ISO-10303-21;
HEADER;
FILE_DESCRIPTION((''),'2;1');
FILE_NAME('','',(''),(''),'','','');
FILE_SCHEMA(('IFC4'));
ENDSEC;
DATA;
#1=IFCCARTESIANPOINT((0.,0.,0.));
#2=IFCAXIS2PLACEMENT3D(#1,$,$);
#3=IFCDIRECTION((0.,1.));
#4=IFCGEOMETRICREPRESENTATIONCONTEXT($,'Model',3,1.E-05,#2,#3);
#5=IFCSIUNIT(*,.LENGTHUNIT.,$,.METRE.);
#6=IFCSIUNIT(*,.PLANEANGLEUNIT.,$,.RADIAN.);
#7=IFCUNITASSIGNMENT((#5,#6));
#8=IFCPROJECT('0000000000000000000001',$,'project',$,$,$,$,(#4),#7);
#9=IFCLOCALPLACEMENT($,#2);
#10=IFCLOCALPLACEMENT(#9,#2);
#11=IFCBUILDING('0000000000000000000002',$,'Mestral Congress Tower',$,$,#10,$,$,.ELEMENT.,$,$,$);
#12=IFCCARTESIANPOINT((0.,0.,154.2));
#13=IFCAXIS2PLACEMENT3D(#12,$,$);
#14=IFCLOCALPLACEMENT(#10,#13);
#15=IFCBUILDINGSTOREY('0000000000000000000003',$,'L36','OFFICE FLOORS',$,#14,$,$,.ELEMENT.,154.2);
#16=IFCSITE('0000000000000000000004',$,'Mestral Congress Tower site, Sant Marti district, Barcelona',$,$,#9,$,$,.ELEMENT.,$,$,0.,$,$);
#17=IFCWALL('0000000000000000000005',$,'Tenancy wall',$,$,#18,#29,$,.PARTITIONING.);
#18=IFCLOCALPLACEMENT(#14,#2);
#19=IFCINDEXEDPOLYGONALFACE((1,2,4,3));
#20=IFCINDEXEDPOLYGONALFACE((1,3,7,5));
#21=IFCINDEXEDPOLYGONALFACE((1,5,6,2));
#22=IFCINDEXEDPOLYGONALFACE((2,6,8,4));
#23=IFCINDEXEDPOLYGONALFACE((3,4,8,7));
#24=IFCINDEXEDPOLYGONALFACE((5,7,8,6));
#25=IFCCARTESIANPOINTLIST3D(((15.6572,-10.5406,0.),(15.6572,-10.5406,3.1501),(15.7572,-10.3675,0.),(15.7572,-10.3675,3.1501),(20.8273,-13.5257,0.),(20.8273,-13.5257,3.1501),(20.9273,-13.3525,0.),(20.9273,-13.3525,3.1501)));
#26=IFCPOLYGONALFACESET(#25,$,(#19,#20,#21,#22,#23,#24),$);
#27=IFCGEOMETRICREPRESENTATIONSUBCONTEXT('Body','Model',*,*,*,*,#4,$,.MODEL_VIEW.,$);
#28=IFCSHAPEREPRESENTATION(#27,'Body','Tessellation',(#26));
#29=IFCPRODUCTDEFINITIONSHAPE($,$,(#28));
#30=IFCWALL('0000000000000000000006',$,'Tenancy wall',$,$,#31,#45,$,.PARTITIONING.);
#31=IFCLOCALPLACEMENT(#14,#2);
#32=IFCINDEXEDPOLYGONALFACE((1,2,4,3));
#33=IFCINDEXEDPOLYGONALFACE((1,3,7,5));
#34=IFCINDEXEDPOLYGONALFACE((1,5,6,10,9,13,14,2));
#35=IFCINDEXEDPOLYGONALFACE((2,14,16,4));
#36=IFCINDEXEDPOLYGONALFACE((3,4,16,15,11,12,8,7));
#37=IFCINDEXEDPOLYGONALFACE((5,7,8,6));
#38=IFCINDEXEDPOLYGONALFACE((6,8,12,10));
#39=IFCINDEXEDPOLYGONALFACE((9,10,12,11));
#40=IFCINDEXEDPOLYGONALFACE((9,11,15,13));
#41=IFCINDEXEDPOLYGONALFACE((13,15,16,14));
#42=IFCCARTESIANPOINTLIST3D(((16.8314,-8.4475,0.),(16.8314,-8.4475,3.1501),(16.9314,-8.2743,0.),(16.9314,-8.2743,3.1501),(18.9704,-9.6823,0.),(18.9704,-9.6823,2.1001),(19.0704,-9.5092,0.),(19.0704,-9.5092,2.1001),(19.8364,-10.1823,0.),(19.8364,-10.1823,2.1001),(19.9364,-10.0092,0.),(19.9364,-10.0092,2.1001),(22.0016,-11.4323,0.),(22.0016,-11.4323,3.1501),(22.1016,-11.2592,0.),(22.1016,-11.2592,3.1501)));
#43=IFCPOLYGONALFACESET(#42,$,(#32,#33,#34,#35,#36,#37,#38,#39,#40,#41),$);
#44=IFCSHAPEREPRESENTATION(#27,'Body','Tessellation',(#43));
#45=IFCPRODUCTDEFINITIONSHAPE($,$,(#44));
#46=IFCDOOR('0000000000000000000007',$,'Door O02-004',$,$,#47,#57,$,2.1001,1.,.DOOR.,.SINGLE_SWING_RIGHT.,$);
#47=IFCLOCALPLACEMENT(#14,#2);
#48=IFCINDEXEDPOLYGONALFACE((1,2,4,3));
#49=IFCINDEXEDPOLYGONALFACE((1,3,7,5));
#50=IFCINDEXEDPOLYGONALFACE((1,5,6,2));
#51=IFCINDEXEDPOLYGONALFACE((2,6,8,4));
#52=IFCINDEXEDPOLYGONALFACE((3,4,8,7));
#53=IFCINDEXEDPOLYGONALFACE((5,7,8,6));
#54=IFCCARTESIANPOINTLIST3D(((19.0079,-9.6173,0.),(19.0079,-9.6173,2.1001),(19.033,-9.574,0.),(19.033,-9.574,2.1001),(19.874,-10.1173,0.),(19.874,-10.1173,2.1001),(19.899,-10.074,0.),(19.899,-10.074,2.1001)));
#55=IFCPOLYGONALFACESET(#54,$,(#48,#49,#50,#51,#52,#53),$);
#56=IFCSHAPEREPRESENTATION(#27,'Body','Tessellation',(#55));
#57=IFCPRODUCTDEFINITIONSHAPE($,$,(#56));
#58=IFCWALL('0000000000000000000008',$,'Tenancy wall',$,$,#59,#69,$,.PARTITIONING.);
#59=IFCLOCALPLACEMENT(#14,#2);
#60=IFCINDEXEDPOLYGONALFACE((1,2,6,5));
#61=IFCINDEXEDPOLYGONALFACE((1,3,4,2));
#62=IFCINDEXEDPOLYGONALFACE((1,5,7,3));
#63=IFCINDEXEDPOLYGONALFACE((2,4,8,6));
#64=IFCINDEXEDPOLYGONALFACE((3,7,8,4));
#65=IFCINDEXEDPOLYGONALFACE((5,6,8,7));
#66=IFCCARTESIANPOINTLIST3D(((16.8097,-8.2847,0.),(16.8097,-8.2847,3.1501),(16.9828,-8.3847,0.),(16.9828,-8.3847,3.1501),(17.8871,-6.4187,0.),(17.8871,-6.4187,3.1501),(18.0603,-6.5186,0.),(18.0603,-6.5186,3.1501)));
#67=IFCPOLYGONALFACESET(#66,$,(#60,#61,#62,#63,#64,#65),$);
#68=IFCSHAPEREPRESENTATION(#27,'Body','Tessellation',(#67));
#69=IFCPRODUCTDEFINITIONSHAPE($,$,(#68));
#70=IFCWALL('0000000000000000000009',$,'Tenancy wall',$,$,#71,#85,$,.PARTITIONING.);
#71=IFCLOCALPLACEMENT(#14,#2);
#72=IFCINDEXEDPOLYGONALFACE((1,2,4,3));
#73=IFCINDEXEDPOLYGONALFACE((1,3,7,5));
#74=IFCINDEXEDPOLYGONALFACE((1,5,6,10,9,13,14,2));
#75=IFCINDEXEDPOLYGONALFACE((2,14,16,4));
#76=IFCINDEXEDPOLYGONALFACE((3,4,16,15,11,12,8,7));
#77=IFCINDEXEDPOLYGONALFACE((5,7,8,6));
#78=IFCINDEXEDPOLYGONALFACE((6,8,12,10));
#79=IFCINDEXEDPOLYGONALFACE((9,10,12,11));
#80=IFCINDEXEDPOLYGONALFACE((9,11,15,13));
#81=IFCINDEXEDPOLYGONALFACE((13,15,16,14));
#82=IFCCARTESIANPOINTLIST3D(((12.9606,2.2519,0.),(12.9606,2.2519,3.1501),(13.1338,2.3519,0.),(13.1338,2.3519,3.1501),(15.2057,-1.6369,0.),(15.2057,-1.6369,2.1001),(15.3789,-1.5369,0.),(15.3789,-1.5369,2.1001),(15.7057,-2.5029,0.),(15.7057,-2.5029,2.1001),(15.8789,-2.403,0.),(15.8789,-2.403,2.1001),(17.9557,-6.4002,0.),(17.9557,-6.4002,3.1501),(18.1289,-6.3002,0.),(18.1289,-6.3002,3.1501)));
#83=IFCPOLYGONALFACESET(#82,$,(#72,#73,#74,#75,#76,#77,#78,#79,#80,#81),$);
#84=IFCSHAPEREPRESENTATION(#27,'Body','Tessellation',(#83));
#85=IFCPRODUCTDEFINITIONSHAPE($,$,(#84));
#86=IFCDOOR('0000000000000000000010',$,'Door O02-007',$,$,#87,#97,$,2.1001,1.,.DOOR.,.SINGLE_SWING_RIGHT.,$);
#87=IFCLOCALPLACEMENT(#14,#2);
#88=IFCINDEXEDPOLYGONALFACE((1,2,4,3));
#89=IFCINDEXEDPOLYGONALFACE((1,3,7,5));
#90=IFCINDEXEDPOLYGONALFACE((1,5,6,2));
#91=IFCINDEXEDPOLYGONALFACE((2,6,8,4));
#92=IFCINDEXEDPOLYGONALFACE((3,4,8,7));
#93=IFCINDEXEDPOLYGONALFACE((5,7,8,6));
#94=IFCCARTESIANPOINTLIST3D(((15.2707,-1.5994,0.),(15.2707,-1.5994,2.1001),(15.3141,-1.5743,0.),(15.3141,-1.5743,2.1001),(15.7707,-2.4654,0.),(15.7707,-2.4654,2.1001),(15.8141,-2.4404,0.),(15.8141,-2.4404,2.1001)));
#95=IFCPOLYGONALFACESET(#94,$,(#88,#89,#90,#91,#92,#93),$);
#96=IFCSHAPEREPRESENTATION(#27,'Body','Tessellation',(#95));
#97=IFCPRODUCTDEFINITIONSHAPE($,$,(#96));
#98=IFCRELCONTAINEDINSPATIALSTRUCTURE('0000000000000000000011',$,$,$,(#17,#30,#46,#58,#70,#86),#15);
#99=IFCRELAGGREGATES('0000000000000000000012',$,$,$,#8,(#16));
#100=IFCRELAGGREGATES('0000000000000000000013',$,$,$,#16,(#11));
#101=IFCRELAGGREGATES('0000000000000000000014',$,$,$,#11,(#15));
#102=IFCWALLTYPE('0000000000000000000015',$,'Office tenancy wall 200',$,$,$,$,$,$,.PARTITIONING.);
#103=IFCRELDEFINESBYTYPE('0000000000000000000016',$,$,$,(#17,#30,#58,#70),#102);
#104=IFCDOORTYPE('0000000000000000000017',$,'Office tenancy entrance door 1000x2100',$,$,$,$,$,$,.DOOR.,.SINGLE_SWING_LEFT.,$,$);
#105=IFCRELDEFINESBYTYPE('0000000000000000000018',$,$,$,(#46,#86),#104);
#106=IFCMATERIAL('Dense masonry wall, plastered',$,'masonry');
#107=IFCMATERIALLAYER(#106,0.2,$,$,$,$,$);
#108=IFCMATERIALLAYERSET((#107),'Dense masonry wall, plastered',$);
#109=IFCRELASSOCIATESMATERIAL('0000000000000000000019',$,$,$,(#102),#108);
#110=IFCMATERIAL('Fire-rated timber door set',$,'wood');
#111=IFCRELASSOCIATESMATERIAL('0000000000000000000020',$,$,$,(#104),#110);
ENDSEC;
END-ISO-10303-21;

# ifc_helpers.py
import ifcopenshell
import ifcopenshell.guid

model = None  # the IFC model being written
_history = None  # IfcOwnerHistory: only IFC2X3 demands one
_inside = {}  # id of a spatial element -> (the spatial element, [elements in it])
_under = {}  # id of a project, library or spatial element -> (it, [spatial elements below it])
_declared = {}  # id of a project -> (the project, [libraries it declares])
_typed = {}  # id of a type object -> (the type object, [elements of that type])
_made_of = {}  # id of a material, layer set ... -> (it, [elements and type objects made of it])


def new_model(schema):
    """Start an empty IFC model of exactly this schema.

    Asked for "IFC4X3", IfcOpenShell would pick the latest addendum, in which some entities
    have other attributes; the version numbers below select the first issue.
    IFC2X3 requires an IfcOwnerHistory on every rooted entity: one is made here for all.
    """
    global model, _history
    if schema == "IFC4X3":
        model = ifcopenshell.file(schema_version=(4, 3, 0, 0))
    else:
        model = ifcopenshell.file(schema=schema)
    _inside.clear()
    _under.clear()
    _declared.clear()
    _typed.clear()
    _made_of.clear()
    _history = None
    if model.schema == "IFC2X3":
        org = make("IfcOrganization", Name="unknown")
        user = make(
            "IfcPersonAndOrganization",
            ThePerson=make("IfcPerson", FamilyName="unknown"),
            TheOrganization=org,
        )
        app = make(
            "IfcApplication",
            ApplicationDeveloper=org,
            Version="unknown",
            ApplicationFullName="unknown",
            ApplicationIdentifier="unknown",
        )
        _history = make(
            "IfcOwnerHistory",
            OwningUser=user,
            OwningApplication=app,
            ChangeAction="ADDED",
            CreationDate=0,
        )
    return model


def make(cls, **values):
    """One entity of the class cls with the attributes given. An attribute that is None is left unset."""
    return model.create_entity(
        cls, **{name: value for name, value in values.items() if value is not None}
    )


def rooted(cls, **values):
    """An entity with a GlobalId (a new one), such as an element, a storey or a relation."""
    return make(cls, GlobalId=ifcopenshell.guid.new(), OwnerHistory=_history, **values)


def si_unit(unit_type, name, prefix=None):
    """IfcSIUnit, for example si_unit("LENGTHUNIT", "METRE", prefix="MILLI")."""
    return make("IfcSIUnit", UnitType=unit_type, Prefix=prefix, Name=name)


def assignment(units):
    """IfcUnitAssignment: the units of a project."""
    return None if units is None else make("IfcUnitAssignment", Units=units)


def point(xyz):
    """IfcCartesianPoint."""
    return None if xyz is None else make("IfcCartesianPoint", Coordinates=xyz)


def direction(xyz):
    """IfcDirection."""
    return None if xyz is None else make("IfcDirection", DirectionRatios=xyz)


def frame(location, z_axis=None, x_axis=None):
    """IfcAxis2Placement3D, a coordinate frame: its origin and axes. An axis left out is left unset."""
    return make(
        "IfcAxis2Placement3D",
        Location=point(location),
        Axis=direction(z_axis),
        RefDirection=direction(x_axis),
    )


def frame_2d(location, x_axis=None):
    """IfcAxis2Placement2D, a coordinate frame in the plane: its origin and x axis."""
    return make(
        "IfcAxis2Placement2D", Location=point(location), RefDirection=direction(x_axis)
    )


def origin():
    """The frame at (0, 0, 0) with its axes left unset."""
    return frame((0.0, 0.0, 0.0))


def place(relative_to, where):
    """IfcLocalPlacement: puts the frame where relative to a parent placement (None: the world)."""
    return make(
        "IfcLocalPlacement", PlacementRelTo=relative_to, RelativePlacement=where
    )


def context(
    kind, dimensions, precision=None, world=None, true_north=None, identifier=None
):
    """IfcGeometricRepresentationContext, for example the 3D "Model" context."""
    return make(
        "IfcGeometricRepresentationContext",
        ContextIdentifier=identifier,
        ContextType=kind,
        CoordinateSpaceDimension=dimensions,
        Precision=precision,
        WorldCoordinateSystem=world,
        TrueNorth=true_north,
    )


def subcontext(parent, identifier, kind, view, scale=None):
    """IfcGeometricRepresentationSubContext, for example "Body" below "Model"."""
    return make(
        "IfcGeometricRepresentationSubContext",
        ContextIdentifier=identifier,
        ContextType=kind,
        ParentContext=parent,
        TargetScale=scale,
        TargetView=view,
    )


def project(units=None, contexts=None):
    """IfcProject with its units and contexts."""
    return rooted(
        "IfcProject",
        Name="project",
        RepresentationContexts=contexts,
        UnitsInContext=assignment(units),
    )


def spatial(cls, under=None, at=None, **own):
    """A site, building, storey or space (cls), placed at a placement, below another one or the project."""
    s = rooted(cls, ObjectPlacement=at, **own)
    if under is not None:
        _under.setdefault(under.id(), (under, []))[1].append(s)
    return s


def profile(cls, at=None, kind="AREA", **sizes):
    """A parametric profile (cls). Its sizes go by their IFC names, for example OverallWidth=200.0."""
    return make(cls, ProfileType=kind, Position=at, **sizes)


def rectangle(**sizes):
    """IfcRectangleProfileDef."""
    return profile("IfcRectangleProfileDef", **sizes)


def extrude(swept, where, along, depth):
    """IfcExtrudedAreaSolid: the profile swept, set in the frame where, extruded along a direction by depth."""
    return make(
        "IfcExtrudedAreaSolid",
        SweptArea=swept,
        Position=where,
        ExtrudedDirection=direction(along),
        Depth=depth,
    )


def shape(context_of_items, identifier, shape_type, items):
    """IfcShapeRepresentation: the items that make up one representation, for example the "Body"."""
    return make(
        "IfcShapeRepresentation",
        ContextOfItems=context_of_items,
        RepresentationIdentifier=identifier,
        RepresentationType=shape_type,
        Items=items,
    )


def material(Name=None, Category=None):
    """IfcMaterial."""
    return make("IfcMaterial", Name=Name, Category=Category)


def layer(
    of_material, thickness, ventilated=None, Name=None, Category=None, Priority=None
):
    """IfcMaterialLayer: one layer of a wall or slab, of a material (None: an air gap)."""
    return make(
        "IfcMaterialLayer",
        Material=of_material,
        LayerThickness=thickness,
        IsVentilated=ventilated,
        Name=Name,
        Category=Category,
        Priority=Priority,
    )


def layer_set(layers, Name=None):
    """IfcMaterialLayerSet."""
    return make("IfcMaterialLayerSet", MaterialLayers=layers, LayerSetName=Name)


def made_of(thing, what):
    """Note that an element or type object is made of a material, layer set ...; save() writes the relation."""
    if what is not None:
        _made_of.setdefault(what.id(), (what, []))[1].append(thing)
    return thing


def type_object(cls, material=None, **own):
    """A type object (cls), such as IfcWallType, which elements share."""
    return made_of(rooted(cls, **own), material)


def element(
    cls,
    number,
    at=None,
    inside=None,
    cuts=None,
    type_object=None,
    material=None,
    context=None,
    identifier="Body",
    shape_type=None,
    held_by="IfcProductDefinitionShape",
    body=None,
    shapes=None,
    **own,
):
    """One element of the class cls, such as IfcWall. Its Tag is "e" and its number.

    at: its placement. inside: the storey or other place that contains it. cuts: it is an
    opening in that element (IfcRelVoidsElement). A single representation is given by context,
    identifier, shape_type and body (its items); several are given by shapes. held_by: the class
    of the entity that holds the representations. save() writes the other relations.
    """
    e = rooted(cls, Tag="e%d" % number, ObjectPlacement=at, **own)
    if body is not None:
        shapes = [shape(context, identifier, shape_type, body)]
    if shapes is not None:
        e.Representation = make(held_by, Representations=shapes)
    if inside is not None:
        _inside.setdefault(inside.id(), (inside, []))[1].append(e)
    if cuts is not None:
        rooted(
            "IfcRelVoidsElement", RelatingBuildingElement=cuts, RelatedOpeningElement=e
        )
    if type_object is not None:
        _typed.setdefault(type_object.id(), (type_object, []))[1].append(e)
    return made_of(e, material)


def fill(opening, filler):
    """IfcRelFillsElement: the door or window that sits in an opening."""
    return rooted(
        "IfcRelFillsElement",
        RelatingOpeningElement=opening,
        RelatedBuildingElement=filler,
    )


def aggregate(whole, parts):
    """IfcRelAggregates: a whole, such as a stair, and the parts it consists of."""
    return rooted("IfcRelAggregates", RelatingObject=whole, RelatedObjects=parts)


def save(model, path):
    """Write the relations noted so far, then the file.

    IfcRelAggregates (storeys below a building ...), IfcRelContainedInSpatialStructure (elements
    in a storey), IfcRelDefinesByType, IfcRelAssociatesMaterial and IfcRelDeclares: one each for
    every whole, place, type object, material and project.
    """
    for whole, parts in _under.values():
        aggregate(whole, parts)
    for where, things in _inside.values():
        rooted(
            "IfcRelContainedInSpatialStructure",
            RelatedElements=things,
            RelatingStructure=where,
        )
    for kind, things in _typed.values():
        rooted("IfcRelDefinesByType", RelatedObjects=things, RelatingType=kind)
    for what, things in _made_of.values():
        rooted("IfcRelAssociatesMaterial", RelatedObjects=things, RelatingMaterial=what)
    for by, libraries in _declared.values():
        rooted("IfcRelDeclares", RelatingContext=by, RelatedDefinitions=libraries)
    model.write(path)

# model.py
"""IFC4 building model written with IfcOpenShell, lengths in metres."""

from ifc_helpers import new_model, si_unit, direction, frame, frame_2d, origin, place, context, subcontext, project, spatial, rectangle, extrude, material, layer, layer_set, type_object, element, fill, save


model = new_model("IFC4")

# Units and contexts
model_context = context("Model", 3, precision=1e-05, world=origin(), true_north=direction((0.0, 1.0)))
body_context = subcontext(model_context, "Body", "Model", "MODEL_VIEW")
ifc_project = project(units=[si_unit("LENGTHUNIT", "METRE"), si_unit("PLANEANGLEUNIT", "RADIAN")], contexts=[model_context])

# Site, building, storey
site_placement = place(None, origin())
site = spatial("IfcSite", under=ifc_project, at=site_placement, Name="Mestral Congress Tower site, Sant Marti district, Barcelona", CompositionType="ELEMENT", RefElevation=0.0)
building_placement = place(site_placement, origin())
building = spatial("IfcBuilding", under=site, at=building_placement, Name="Mestral Congress Tower", CompositionType="ELEMENT")
storey_placement = place(building_placement, frame((0.0, 0.0, 154.2)))
storey = spatial("IfcBuildingStorey", under=building, at=storey_placement, Name="L36", Description="OFFICE FLOORS", CompositionType="ELEMENT", Elevation=154.2)

# Wall
ifc_material_1 = material(Name="Dense masonry wall, plastered", Category="masonry")
ifc_layer_1 = layer(ifc_material_1, 0.2)
ifc_layer_set_1 = layer_set([ifc_layer_1], Name="Dense masonry wall, plastered")
wall_type_1 = type_object("IfcWallType", Name="Office tenancy wall 200", PredefinedType="PARTITIONING", material=ifc_layer_set_1)
wall_1_placement = place(storey_placement, frame((15.7073, -10.4541, 0.0), z_axis=(0.0, 0.0, 1.0), x_axis=(0.866017, -0.500014, 0.0)))
element("IfcWall", 1, at=wall_1_placement, inside=storey, type_object=wall_type_1, Name="Tenancy wall", PredefinedType="PARTITIONING", context=body_context, shape_type="SweptSolid", body=[
    extrude(rectangle(XDim=5.97, YDim=0.2, at=frame_2d((2.9849, 0.0))), origin(), (0.0, 0.0, 1.0), 3.1501),
])

# Wall, opening, door
wall_2_placement = place(storey_placement, frame((22.0515, -11.3457, 0.0), z_axis=(0.0, 0.0, 1.0), x_axis=(-0.866035, 0.499983, 0.0)))
wall_2 = element("IfcWall", 2, at=wall_2_placement, inside=storey, type_object=wall_type_1, Name="Tenancy wall", PredefinedType="PARTITIONING", context=body_context, shape_type="SweptSolid", body=[
    extrude(rectangle(XDim=5.97, YDim=0.2, at=frame_2d((2.9849, 0.0))), origin(), (0.0, 0.0, 1.0), 3.1501),
])
opening_1_placement = place(wall_2_placement, frame((2.5, 0.0, 0.0)))
opening_1 = element("IfcOpeningElement", 3, at=opening_1_placement, cuts=wall_2, PredefinedType="OPENING", context=body_context, shape_type="SweptSolid", body=[
    extrude(rectangle(XDim=1.0, YDim=2.1001, at=frame_2d((0.5, 1.05))), frame((0.0, 0.1099, 0.0), z_axis=(0.0, -1.0, 0.0), x_axis=(1.0, 0.0, 0.0)), (0.0, 0.0, 1.0), 0.22),
])
ifc_material_2 = material(Name="Fire-rated timber door set", Category="wood")
door_type = type_object("IfcDoorType", Name="Office tenancy entrance door 1000x2100", OperationType="SINGLE_SWING_LEFT", PredefinedType="DOOR", material=ifc_material_2)
door_1_placement = place(opening_1_placement, origin())
door_1 = element("IfcDoor", 4, at=door_1_placement, inside=storey, type_object=door_type, Name="Door O02-004", OperationType="SINGLE_SWING_RIGHT", OverallHeight=2.1001, OverallWidth=1.0, PredefinedType="DOOR", context=body_context, shape_type="SweptSolid", body=[
    extrude(rectangle(XDim=1.0, YDim=2.1001, at=frame_2d((0.5, 1.05))), frame((0.0, 0.0249, 0.0), z_axis=(0.0, -1.0, 0.0), x_axis=(1.0, 0.0, 0.0)), (0.0, 0.0, 1.0), 0.05),
])
fill(opening_1, door_1)

# Wall
wall_3_placement = place(storey_placement, frame((16.8962, -8.3347, 0.0), z_axis=(0.0, 0.0, 1.0), x_axis=(0.500027, 0.86601, 0.0)))
element("IfcWall", 5, at=wall_3_placement, inside=storey, type_object=wall_type_1, Name="Tenancy wall", PredefinedType="PARTITIONING", context=body_context, shape_type="SweptSolid", body=[
    extrude(rectangle(XDim=2.1548, YDim=0.2, at=frame_2d((1.0774, 0.0))), origin(), (0.0, 0.0, 1.0), 3.1501),
])

# Wall, opening, door
wall_4_placement = place(storey_placement, frame((18.0422, -6.3501, 0.0), z_axis=(0.0, 0.0, 1.0), x_axis=(-0.499987, 0.866033, 0.0)))
wall_4 = element("IfcWall", 6, at=wall_4_placement, inside=storey, type_object=wall_type_1, Name="Tenancy wall", PredefinedType="PARTITIONING", context=body_context, shape_type="SweptSolid", body=[
    extrude(rectangle(XDim=9.9905, YDim=0.2, at=frame_2d((4.9951, 0.0))), origin(), (0.0, 0.0, 1.0), 3.1501),
])
opening_2_placement = place(wall_4_placement, frame((4.5, 0.0, 0.0)))
opening_2 = element("IfcOpeningElement", 7, at=opening_2_placement, cuts=wall_4, PredefinedType="OPENING", context=body_context, shape_type="SweptSolid", body=[
    extrude(rectangle(XDim=1.0, YDim=2.1001, at=frame_2d((0.5, 1.05))), frame((0.0, 0.1099, 0.0), z_axis=(0.0, -1.0, 0.0), x_axis=(1.0, 0.0, 0.0)), (0.0, 0.0, 1.0), 0.22),
])
door_2_placement = place(opening_2_placement, origin())
door_2 = element("IfcDoor", 8, at=door_2_placement, inside=storey, type_object=door_type, Name="Door O02-007", OperationType="SINGLE_SWING_RIGHT", OverallHeight=2.1001, OverallWidth=1.0, PredefinedType="DOOR", context=body_context, shape_type="SweptSolid", body=[
    extrude(rectangle(XDim=1.0, YDim=2.1001, at=frame_2d((0.5, 1.05))), frame((0.0, 0.0249, 0.0), z_axis=(0.0, -1.0, 0.0), x_axis=(1.0, 0.0, 0.0)), (0.0, 0.0, 1.0), 0.05),
])
fill(opening_2, door_2)

save(model, "model.ifc")
